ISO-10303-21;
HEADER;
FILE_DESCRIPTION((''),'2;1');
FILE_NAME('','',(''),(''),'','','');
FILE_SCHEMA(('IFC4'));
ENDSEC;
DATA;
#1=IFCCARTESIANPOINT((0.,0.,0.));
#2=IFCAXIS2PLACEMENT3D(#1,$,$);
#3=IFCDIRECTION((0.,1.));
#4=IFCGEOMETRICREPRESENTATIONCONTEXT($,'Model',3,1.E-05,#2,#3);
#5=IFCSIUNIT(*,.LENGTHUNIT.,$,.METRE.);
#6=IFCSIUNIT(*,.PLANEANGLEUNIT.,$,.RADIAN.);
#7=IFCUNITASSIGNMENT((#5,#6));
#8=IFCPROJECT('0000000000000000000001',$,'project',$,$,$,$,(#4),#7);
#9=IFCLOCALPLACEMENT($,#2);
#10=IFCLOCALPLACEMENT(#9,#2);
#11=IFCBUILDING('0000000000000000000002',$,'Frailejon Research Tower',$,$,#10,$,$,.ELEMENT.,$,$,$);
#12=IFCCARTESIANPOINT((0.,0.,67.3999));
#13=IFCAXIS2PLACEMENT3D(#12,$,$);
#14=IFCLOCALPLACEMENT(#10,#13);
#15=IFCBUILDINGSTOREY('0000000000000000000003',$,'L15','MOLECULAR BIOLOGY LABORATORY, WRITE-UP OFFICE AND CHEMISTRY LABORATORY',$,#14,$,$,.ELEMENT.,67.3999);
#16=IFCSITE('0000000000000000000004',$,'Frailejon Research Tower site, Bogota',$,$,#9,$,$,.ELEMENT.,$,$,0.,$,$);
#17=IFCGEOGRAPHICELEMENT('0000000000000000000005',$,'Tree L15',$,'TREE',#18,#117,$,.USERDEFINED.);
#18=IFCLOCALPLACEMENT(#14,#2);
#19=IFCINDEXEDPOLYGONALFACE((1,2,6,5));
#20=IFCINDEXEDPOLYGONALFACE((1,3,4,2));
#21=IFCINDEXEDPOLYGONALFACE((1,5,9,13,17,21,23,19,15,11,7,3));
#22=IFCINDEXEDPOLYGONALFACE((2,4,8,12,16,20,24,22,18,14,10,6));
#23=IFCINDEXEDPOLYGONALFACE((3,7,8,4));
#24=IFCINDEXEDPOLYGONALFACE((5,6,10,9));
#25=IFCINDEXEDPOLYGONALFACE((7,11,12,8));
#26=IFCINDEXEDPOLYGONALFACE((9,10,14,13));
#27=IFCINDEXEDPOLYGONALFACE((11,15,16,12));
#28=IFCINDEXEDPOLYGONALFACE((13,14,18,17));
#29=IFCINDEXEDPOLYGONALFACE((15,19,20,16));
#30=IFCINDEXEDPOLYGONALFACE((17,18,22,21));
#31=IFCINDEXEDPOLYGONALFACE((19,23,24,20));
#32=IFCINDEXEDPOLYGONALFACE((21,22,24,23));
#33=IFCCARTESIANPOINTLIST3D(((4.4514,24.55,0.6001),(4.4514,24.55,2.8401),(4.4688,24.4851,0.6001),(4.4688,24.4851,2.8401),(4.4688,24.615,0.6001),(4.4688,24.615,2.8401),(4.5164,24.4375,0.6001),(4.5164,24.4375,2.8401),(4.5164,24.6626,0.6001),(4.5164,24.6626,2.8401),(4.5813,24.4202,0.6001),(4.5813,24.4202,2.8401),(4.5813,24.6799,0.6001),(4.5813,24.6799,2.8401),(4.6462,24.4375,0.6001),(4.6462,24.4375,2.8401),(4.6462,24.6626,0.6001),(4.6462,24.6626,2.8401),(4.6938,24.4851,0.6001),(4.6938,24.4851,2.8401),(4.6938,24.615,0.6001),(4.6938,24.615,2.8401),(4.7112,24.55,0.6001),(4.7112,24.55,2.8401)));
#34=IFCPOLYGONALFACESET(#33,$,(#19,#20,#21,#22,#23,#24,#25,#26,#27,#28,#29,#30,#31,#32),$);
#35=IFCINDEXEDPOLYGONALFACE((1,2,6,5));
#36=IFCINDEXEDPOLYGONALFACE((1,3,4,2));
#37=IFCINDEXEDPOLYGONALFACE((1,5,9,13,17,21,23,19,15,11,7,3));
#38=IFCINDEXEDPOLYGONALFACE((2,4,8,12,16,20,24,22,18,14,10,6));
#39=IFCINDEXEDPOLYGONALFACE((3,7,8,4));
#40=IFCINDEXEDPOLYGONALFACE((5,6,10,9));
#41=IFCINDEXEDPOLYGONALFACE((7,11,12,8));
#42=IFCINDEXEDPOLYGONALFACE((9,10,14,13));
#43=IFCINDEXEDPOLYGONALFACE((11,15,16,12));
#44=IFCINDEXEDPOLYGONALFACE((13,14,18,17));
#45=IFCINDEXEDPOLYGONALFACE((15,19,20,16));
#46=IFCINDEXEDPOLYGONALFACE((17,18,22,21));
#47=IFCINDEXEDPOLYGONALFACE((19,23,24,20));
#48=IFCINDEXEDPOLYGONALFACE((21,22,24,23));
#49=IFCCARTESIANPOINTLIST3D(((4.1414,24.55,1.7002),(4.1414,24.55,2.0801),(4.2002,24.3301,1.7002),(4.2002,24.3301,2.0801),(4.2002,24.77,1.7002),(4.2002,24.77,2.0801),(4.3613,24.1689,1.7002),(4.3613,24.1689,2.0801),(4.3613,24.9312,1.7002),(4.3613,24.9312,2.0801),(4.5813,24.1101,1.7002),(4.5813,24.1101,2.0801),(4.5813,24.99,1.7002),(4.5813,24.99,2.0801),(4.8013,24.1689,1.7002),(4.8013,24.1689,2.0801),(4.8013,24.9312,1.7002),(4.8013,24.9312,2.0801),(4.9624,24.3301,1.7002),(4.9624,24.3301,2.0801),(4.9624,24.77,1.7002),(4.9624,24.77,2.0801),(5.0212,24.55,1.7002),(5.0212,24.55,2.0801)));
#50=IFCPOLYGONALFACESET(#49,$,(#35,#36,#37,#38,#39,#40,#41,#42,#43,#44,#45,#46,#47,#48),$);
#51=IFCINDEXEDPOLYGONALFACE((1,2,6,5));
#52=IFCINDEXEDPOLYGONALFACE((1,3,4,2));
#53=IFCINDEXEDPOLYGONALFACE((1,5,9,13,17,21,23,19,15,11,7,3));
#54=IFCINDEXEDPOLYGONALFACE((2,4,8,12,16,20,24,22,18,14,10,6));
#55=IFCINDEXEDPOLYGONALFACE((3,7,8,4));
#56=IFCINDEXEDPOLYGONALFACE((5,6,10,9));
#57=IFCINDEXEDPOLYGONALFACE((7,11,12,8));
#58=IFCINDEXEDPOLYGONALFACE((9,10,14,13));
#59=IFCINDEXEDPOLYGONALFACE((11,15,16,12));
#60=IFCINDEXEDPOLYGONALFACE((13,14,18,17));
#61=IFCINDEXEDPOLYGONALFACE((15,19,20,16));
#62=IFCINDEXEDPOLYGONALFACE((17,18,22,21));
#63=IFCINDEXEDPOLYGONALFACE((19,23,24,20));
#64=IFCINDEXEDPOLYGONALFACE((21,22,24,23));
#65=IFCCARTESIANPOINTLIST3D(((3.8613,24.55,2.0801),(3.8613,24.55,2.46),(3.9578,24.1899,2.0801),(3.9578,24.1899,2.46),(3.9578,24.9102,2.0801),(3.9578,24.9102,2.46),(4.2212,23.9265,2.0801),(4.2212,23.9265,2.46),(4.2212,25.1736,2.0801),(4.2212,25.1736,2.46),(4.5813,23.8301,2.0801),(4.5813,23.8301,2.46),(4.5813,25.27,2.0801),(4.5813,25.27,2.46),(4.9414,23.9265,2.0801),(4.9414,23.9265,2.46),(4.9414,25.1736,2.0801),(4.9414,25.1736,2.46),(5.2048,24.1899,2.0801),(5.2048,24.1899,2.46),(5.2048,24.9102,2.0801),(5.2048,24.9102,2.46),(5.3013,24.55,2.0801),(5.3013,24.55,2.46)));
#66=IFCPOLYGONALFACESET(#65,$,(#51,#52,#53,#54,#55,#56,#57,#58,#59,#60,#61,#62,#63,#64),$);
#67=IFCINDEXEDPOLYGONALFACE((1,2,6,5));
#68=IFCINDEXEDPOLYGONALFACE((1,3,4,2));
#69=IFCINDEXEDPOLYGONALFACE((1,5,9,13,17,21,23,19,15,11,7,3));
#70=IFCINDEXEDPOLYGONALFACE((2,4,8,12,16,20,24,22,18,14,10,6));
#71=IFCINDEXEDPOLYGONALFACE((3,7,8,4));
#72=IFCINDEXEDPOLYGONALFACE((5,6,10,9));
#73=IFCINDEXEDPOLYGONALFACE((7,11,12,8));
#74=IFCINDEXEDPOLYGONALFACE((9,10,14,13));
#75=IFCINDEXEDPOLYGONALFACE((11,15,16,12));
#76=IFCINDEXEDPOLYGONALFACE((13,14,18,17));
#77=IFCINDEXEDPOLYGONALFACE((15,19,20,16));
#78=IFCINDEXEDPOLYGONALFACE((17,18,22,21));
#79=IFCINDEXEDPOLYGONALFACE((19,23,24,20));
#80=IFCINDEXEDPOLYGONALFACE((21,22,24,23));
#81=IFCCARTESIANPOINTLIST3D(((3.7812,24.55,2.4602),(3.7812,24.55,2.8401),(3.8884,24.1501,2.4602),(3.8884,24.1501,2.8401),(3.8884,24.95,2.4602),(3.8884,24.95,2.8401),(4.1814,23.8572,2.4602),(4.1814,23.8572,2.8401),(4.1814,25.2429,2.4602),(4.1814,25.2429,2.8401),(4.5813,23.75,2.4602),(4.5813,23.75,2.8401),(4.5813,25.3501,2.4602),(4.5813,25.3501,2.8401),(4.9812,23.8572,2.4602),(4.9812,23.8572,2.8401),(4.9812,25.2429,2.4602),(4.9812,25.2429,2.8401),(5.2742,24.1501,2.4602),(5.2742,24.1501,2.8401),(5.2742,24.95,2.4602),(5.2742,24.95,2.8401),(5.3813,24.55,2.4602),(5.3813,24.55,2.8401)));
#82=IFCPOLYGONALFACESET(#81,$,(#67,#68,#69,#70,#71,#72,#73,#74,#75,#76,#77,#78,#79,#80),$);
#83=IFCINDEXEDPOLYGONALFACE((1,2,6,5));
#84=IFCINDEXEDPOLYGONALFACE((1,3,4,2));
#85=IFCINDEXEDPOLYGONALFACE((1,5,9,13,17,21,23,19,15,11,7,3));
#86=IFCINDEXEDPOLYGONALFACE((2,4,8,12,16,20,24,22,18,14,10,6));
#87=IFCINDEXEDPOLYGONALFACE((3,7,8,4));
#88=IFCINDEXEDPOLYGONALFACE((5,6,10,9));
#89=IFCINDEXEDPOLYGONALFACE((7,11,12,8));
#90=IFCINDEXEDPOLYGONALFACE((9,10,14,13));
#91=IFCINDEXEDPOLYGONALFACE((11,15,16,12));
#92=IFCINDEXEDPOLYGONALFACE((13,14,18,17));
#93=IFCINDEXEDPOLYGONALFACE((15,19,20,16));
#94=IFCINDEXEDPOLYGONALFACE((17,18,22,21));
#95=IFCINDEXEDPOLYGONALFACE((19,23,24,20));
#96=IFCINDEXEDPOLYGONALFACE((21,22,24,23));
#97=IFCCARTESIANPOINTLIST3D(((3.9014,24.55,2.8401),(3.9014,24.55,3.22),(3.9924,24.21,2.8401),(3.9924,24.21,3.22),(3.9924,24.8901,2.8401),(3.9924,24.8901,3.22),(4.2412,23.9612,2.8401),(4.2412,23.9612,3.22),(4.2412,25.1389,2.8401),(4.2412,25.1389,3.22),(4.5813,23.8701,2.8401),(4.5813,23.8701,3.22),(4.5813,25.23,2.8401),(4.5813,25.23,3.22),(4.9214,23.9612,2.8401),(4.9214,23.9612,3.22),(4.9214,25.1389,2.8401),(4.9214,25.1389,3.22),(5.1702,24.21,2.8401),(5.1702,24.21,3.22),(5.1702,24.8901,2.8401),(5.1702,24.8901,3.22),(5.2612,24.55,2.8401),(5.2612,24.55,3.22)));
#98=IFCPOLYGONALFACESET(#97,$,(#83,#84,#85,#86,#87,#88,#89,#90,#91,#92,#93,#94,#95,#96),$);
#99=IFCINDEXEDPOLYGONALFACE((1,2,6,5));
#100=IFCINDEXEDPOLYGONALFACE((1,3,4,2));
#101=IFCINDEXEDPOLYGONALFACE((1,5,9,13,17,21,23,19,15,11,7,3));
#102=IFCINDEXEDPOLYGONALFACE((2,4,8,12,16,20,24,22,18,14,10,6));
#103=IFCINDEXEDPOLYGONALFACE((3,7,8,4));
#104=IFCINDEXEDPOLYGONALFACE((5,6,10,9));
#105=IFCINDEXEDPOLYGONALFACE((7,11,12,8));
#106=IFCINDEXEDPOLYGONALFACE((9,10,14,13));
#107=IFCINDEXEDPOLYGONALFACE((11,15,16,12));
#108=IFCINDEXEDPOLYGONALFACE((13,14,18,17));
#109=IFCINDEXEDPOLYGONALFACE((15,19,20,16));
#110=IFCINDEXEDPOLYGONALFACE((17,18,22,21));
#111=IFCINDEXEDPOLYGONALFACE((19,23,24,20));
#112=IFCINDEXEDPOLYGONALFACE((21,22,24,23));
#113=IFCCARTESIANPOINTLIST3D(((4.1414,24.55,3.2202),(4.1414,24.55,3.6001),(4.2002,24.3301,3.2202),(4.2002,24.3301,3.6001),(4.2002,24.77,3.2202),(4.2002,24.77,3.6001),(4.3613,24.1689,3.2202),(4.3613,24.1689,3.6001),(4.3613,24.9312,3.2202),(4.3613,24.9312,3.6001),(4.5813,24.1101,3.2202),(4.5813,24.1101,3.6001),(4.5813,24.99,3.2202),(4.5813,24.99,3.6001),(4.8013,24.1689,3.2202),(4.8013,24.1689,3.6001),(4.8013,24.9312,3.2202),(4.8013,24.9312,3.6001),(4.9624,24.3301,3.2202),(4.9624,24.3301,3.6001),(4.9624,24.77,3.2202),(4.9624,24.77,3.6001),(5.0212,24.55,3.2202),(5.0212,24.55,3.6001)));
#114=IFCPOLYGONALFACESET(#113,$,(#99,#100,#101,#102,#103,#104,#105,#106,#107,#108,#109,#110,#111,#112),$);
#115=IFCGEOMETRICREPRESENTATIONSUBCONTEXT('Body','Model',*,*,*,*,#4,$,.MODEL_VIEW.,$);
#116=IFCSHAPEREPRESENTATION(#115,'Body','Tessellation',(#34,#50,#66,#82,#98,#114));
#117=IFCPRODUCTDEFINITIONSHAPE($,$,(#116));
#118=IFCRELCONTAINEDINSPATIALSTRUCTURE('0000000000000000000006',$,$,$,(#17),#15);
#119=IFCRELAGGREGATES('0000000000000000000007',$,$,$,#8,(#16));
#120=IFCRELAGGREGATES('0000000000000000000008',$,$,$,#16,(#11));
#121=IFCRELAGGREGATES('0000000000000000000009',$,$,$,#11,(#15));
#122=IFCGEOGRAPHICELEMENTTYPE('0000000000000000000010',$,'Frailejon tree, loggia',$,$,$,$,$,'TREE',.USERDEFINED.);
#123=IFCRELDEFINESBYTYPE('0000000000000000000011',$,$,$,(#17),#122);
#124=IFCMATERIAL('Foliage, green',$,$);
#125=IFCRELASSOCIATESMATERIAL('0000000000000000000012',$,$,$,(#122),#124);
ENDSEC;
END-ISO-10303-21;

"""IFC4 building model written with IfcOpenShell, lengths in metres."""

from ifc_helpers import new_model, si_unit, direction, frame, origin, place, context, subcontext, project, spatial, polyline, outline, extrude, material, type_object, element, save


model = new_model("IFC4")

# Units and contexts
model_context = context("Model", 3, precision=1e-05, world=origin(), true_north=direction((0.0, 1.0)))
body_context = subcontext(model_context, "Body", "Model", "MODEL_VIEW")
ifc_project = project(units=[si_unit("LENGTHUNIT", "METRE"), si_unit("PLANEANGLEUNIT", "RADIAN")], contexts=[model_context])

# Site, building, storey
site_placement = place(None, origin())
site = spatial("IfcSite", under=ifc_project, at=site_placement, Name="Frailejon Research Tower site, Bogota", CompositionType="ELEMENT", RefElevation=0.0)
building_placement = place(site_placement, origin())
building = spatial("IfcBuilding", under=site, at=building_placement, Name="Frailejon Research Tower", CompositionType="ELEMENT")
storey_placement = place(building_placement, frame((0.0, 0.0, 67.3999)))
storey = spatial("IfcBuildingStorey", under=building, at=storey_placement, Name="L15", Description="MOLECULAR BIOLOGY LABORATORY, WRITE-UP OFFICE AND CHEMISTRY LABORATORY", CompositionType="ELEMENT", Elevation=67.3999)

# Geographic element
ifc_material_1 = material(Name="Foliage, green")
geographic_element_type = type_object("IfcGeographicElementType", Name="Frailejon tree, loggia", ElementType="TREE", PredefinedType="USERDEFINED", material=ifc_material_1)
geographic_element_placement = place(storey_placement, frame((4.5813, 24.55, 0.6001)))
element("IfcGeographicElement", 1, at=geographic_element_placement, inside=storey, type_object=geographic_element_type, Name="Tree L15", ObjectType="TREE", PredefinedType="USERDEFINED", context=body_context, shape_type="SweptSolid", body=[
    extrude(outline(polyline([(0.1299, 0.0), (0.1125, 0.0649), (0.0649, 0.1125), (0.0, 0.1299), (-0.0649, 0.1125), (-0.1125, 0.0649), (-0.1299, 0.0), (-0.1125, -0.0649), (-0.0649, -0.1125), (0.0, -0.1299), (0.0649, -0.1125), (0.1125, -0.0649), (0.1299, 0.0)])), origin(), (0.0, 0.0, 1.0), 2.24),
    extrude(outline(polyline([(0.4399, 0.0), (0.3811, 0.22), (0.22, 0.3811), (0.0, 0.4399), (-0.22, 0.3811), (-0.3811, 0.22), (-0.4399, 0.0), (-0.3811, -0.22), (-0.22, -0.3811), (0.0, -0.4399), (0.22, -0.3811), (0.3811, -0.22), (0.4399, 0.0)])), frame((0.0, 0.0, 1.1001)), (0.0, 0.0, 1.0), 0.3799),
    extrude(outline(polyline([(0.72, 0.0), (0.6235, 0.3601), (0.3601, 0.6235), (0.0, 0.72), (-0.3601, 0.6235), (-0.6235, 0.3601), (-0.72, 0.0), (-0.6235, -0.3601), (-0.3601, -0.6235), (0.0, -0.72), (0.3601, -0.6235), (0.6235, -0.3601), (0.72, 0.0)])), frame((0.0, 0.0, 1.48)), (0.0, 0.0, 1.0), 0.3799),
    extrude(outline(polyline([(0.8, 0.0), (0.6929, 0.3999), (0.3999, 0.6929), (0.0, 0.8), (-0.3999, 0.6929), (-0.6929, 0.3999), (-0.8, 0.0), (-0.6929, -0.3999), (-0.3999, -0.6929), (0.0, -0.8), (0.3999, -0.6929), (0.6929, -0.3999), (0.8, 0.0)])), frame((0.0, 0.0, 1.8601)), (0.0, 0.0, 1.0), 0.3799),
    extrude(outline(polyline([(0.6799, 0.0), (0.5889, 0.3401), (0.3401, 0.5889), (0.0, 0.6799), (-0.3401, 0.5889), (-0.5889, 0.3401), (-0.6799, 0.0), (-0.5889, -0.3401), (-0.3401, -0.5889), (0.0, -0.6799), (0.3401, -0.5889), (0.5889, -0.3401), (0.6799, 0.0)])), frame((0.0, 0.0, 2.24)), (0.0, 0.0, 1.0), 0.3799),
    extrude(outline(polyline([(0.4399, 0.0), (0.3811, 0.22), (0.22, 0.3811), (0.0, 0.4399), (-0.22, 0.3811), (-0.3811, 0.22), (-0.4399, 0.0), (-0.3811, -0.22), (-0.22, -0.3811), (0.0, -0.4399), (0.22, -0.3811), (0.3811, -0.22), (0.4399, 0.0)])), frame((0.0, 0.0, 2.6201)), (0.0, 0.0, 1.0), 0.3799),
])

save(model, "model.ifc")
